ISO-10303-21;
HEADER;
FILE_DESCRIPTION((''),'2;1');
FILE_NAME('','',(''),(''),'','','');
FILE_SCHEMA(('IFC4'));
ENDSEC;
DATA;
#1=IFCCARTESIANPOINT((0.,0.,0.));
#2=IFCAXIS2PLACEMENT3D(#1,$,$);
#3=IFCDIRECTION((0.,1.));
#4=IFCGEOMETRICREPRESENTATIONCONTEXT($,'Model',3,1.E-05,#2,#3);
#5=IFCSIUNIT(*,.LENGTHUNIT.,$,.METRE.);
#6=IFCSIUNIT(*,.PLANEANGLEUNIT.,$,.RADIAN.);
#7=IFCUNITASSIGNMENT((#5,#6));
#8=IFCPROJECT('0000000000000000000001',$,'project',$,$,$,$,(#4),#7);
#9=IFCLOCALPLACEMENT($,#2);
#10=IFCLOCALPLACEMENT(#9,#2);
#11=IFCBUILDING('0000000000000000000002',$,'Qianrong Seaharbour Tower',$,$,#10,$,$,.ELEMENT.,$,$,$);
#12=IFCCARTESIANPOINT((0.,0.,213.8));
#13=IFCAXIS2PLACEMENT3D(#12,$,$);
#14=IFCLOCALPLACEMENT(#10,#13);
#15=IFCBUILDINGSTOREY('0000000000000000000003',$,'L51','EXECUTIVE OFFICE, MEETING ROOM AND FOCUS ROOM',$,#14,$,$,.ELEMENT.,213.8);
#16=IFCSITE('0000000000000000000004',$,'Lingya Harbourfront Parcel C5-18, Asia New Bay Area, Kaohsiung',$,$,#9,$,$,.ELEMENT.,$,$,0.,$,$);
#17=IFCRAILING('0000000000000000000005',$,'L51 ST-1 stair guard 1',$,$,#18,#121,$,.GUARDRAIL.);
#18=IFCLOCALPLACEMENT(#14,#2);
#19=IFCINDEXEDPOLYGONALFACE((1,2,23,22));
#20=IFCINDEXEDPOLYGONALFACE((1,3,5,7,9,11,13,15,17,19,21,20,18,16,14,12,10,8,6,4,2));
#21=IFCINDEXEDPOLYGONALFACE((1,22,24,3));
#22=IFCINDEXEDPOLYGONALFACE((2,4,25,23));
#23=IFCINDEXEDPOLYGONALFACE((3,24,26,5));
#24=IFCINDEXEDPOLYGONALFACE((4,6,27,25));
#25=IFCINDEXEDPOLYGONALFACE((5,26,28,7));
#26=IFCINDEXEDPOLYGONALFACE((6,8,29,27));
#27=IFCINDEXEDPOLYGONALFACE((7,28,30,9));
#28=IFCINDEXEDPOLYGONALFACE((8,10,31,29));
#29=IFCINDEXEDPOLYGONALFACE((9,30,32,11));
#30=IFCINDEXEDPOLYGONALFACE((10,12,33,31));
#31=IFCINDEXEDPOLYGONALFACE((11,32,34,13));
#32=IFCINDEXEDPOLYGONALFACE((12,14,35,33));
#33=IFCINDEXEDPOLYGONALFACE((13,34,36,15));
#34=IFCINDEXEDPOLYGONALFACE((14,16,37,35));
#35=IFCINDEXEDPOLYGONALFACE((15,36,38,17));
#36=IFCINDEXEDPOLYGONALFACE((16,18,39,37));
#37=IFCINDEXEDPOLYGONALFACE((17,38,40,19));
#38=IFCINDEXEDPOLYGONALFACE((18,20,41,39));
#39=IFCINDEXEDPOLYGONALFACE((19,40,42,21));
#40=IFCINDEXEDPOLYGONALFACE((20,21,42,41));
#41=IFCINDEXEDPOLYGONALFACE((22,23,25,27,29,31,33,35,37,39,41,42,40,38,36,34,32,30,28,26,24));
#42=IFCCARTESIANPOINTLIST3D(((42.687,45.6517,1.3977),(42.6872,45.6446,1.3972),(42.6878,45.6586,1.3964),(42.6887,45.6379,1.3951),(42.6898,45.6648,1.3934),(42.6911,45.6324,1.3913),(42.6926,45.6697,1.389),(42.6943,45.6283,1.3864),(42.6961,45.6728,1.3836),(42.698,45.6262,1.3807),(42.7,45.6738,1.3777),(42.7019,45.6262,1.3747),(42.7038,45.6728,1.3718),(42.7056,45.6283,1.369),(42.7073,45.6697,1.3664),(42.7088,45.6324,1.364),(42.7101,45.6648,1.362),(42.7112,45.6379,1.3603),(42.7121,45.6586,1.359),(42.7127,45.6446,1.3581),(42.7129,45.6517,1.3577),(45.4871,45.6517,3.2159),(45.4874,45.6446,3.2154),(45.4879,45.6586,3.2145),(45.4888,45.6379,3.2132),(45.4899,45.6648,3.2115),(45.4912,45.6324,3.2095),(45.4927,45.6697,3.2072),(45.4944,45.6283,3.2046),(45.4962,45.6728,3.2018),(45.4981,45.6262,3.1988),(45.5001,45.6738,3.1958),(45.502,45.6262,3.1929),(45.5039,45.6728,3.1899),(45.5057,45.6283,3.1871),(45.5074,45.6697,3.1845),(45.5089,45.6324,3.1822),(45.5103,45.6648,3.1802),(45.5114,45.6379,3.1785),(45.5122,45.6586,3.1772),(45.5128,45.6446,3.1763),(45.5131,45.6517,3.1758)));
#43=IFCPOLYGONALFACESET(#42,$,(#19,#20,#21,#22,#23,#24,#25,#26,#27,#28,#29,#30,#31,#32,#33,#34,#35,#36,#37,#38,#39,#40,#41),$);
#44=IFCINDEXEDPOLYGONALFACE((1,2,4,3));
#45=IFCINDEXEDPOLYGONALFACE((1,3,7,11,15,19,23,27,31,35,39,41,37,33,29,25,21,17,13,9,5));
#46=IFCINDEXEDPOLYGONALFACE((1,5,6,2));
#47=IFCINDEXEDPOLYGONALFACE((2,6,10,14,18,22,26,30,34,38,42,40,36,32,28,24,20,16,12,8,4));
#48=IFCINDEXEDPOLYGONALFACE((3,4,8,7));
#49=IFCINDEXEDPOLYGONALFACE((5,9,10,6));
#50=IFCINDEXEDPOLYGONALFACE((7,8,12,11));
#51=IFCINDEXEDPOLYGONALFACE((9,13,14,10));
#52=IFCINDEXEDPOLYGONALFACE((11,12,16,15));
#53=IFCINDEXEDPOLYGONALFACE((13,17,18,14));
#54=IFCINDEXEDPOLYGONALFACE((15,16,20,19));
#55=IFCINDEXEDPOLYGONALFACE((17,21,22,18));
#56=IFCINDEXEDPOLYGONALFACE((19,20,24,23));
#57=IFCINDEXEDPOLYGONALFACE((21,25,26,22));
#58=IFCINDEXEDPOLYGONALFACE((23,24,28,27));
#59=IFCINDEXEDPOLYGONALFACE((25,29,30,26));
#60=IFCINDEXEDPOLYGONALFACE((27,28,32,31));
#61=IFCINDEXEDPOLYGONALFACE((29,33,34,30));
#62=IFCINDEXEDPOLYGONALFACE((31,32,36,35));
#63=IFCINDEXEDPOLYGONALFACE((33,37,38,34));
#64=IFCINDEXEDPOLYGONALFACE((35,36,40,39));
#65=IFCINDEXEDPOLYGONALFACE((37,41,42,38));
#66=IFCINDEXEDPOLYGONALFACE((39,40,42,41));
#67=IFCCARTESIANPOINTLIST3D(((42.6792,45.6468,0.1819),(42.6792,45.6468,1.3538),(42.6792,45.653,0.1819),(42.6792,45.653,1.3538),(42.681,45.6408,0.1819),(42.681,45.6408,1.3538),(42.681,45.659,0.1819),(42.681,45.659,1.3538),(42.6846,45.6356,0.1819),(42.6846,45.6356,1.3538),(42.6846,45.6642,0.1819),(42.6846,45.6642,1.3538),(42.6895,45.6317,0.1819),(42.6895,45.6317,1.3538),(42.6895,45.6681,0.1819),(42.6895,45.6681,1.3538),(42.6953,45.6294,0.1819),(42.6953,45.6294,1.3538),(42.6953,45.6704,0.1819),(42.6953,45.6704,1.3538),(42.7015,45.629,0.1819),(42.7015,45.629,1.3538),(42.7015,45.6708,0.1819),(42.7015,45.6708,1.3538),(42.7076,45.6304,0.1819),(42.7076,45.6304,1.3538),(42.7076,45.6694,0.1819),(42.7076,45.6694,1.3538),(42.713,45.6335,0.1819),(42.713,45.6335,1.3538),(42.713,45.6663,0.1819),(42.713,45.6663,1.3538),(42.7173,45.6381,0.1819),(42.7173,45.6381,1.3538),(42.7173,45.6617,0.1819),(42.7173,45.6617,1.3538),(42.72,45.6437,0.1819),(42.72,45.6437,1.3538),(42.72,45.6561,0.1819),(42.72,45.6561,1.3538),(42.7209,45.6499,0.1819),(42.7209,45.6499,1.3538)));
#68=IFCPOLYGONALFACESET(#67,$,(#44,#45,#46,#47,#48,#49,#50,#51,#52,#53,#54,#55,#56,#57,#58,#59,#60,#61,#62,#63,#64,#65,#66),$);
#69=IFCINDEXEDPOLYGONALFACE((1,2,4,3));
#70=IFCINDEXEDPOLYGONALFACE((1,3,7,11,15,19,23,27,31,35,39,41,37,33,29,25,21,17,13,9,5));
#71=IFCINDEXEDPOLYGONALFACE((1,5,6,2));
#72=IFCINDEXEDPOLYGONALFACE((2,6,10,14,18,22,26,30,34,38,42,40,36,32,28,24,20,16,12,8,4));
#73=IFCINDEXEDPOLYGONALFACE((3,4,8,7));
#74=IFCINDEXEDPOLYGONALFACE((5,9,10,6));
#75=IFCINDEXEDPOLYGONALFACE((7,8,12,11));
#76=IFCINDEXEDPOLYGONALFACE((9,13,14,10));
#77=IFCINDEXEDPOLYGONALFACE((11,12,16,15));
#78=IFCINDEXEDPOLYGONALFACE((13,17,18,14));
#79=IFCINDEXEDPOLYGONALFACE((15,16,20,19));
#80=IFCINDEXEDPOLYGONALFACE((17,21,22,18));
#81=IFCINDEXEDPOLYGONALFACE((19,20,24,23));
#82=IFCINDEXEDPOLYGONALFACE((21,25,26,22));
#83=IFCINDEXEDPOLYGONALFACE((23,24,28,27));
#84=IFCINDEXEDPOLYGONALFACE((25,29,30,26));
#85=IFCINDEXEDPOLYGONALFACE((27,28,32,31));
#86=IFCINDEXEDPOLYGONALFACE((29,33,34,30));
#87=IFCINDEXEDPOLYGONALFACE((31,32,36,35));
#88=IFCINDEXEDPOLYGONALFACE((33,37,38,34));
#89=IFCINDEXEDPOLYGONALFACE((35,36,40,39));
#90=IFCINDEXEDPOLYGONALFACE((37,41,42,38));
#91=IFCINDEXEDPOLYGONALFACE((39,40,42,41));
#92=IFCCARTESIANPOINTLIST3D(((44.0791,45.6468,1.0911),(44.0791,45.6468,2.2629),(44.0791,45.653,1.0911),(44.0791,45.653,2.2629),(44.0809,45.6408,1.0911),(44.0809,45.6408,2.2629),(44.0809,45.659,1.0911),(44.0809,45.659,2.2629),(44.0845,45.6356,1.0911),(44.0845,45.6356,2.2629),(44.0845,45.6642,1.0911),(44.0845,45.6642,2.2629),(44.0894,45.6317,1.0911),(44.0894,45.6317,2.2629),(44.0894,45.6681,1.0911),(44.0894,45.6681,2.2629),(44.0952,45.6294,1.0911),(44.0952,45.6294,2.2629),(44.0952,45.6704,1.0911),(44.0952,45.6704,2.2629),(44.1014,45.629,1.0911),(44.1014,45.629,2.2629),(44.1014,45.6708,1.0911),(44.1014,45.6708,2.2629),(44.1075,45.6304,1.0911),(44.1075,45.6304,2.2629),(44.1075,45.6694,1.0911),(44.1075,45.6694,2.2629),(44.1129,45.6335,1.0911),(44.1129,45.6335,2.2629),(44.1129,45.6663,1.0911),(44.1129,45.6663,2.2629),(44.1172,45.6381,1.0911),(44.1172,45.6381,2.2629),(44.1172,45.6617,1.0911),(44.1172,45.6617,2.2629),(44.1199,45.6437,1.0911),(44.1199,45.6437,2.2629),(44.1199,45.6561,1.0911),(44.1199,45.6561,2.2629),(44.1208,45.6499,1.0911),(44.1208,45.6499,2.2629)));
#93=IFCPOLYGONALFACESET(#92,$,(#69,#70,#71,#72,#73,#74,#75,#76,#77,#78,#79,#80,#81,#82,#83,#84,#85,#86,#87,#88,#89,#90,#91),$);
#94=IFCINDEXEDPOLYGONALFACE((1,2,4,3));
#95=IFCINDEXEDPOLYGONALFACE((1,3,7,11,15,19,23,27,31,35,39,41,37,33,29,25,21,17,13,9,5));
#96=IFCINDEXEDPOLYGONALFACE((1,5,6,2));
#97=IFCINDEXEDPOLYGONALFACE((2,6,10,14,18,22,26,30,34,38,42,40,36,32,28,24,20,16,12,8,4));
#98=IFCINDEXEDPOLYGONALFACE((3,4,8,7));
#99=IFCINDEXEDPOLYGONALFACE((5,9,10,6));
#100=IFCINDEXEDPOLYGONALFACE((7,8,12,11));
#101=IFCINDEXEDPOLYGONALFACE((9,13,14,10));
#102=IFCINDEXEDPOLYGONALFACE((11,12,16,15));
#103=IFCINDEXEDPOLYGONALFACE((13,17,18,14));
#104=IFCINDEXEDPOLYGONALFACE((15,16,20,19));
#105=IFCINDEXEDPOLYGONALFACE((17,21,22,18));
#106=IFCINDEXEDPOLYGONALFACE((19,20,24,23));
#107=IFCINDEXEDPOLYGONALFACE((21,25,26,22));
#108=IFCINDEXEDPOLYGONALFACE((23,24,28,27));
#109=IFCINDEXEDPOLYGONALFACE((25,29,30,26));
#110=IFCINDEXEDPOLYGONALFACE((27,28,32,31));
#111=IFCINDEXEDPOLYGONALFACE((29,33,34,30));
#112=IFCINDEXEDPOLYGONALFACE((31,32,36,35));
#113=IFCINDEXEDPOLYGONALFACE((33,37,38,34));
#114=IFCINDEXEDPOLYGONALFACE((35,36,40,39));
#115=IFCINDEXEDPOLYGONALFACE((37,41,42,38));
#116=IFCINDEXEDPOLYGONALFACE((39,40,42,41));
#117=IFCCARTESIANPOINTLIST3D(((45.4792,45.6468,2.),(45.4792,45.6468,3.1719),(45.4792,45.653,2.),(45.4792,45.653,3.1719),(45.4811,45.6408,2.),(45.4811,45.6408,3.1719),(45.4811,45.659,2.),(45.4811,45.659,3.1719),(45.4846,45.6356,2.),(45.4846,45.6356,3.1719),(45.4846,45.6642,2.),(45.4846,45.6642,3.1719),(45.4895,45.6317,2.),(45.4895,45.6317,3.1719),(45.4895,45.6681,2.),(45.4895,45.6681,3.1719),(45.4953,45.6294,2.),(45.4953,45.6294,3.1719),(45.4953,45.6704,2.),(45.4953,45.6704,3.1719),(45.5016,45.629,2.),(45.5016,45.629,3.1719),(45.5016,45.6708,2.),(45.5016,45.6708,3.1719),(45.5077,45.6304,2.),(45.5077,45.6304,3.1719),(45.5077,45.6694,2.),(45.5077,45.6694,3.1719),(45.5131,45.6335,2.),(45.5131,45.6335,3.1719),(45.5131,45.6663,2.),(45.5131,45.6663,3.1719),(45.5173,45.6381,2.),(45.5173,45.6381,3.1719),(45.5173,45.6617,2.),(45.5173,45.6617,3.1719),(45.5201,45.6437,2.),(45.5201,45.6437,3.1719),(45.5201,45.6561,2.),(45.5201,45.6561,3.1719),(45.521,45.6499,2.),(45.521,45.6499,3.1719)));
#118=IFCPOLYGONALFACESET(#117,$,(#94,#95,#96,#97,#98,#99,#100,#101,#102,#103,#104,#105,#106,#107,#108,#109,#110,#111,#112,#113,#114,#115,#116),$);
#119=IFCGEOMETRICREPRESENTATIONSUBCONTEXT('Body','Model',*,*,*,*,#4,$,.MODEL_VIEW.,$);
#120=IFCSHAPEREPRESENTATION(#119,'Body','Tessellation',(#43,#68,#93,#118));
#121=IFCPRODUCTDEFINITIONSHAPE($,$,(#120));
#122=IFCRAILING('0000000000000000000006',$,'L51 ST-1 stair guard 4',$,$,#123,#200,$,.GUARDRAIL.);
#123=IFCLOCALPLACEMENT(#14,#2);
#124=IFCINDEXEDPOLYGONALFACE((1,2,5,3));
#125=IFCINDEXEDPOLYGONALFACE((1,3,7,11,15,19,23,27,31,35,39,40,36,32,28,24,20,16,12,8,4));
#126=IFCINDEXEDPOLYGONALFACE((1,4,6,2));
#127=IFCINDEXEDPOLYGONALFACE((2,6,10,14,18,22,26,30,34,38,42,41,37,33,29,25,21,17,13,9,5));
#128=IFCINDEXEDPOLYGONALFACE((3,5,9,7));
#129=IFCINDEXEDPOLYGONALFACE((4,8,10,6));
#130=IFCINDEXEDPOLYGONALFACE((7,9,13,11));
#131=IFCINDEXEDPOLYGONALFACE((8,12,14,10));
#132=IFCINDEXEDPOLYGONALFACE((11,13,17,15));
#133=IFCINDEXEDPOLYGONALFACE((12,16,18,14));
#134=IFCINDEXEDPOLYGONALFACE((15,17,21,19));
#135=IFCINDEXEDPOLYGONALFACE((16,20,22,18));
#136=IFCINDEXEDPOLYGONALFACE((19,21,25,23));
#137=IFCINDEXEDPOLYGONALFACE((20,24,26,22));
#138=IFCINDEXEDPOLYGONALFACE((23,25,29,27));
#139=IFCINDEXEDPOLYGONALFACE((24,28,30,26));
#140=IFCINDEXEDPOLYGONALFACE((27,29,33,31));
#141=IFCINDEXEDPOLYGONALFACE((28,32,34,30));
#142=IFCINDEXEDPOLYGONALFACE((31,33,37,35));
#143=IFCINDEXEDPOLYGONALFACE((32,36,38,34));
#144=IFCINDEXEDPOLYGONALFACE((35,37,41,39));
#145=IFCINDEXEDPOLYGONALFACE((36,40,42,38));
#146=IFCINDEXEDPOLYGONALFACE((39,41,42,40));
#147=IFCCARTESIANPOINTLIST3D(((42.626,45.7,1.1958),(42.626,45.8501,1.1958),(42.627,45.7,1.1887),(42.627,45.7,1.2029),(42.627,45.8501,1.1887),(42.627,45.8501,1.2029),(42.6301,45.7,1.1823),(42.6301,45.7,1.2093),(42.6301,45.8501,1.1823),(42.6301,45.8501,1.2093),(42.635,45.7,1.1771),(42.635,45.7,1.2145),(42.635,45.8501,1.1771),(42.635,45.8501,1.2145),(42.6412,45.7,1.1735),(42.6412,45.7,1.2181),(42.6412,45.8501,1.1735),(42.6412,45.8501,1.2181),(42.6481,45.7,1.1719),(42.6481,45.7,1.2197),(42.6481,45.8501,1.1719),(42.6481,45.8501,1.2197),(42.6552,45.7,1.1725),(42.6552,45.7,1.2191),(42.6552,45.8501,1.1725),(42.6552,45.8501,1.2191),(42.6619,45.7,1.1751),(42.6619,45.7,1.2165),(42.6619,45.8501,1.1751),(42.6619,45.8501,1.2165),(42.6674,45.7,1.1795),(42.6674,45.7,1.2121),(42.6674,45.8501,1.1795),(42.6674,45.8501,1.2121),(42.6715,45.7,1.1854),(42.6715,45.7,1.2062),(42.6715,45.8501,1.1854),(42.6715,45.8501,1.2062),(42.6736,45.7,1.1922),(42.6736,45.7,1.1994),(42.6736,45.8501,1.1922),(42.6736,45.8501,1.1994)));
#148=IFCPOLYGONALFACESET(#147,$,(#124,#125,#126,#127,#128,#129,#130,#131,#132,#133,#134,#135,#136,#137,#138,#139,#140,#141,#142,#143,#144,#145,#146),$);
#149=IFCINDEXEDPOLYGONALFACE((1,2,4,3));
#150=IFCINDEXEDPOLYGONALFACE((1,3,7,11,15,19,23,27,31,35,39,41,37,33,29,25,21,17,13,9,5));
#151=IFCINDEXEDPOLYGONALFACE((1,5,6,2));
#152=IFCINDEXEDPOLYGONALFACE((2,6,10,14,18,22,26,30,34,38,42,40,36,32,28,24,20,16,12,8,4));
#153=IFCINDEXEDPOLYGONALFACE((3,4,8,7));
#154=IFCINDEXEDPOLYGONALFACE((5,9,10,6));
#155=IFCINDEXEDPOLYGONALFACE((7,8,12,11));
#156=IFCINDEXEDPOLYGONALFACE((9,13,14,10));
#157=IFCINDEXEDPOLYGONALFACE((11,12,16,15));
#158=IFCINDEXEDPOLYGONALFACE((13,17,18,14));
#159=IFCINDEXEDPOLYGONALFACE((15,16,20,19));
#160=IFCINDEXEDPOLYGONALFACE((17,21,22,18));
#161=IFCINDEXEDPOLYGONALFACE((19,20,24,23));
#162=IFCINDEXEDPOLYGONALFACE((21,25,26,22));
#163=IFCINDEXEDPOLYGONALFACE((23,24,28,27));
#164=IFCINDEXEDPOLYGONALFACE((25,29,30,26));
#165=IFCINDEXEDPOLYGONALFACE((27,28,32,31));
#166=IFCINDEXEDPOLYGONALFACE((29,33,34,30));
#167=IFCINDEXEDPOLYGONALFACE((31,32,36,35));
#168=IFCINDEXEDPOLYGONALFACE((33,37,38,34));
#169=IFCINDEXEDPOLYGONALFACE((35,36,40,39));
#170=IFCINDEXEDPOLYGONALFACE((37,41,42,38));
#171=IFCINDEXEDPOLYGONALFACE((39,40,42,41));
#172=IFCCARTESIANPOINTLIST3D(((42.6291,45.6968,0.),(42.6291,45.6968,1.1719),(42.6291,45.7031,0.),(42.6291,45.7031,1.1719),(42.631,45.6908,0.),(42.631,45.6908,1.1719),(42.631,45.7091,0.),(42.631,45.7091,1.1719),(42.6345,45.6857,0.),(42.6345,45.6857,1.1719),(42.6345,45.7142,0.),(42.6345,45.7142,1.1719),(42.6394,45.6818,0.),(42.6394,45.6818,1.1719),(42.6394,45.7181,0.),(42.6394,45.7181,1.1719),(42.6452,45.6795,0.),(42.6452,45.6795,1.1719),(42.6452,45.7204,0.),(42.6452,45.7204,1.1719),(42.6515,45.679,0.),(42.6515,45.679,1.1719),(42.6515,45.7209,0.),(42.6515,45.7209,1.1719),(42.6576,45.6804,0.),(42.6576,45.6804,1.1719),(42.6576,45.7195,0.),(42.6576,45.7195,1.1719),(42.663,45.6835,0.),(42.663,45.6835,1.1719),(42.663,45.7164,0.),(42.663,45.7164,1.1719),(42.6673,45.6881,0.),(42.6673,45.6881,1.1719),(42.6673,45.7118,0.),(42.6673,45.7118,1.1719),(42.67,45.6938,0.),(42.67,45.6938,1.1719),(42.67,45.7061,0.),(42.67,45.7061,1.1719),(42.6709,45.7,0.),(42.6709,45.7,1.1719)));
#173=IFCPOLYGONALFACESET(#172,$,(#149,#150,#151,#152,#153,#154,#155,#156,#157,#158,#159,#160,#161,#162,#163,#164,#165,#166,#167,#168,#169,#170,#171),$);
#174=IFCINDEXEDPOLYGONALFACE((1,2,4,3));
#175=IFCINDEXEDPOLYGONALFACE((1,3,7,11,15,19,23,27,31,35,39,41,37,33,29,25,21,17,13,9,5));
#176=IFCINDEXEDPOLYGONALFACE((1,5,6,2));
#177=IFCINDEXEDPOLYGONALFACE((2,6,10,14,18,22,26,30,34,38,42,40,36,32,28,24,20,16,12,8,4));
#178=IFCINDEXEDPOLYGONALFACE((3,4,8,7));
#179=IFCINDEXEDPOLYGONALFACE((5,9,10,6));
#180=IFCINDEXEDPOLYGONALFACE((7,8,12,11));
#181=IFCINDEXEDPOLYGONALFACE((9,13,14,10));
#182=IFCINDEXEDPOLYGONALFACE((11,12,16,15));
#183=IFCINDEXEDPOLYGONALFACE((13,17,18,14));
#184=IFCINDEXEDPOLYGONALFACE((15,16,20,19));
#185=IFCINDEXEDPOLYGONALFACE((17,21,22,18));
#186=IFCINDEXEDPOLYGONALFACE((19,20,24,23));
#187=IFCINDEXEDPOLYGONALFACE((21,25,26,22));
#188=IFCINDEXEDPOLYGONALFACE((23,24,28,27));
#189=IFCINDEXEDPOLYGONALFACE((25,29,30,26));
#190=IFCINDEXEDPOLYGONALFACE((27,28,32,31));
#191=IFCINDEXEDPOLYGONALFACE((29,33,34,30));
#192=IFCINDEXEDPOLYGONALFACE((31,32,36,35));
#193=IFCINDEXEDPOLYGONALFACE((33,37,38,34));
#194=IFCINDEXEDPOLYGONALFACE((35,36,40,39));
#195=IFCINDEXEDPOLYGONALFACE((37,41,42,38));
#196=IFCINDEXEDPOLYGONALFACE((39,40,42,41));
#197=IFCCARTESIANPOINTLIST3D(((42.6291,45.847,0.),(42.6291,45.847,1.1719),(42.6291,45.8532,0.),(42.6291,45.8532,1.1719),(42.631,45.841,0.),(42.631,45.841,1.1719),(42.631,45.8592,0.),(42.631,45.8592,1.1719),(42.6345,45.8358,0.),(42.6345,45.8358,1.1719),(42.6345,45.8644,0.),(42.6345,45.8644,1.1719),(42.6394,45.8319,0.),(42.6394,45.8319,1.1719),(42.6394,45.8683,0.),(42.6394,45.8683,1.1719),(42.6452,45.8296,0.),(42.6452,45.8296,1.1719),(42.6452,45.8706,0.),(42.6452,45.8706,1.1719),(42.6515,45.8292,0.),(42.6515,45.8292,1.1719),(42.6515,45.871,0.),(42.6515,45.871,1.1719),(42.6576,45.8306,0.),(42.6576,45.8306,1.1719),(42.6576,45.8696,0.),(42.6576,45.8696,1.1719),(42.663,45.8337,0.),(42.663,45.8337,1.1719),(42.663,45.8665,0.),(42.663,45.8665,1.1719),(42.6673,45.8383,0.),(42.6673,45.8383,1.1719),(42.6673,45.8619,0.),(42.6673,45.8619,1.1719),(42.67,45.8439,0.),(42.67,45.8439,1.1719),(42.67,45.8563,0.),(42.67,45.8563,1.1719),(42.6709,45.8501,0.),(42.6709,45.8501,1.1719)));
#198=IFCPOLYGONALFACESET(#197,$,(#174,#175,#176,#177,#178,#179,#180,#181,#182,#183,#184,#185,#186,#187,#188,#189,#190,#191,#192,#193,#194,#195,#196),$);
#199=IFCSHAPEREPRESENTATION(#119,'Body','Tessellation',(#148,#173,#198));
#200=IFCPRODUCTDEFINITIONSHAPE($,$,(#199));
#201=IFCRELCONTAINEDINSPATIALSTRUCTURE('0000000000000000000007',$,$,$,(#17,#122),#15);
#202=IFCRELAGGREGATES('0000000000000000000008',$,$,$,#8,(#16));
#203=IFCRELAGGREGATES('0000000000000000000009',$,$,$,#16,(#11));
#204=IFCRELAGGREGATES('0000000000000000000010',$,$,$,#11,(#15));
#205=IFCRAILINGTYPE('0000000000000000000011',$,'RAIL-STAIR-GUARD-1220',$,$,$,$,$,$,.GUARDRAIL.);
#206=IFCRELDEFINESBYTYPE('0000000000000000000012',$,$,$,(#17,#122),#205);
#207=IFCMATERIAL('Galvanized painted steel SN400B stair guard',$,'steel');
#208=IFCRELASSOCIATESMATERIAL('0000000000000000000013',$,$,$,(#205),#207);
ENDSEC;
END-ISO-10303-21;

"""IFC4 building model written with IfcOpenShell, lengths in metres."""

from ifc_helpers import new_model, si_unit, direction, frame, origin, origin_2d, place, context, subcontext, project, spatial, circle, extrude, material, type_object, element, save


model = new_model("IFC4")

# Units and contexts
model_context = context("Model", 3, precision=1e-05, world=origin(), true_north=direction((0.0, 1.0)))
body_context = subcontext(model_context, "Body", "Model", "MODEL_VIEW")
ifc_project = project(units=[si_unit("LENGTHUNIT", "METRE"), si_unit("PLANEANGLEUNIT", "RADIAN")], contexts=[model_context])

# Site, building, storey
site_placement = place(None, origin())
site = spatial("IfcSite", under=ifc_project, at=site_placement, Name="Lingya Harbourfront Parcel C5-18, Asia New Bay Area, Kaohsiung", CompositionType="ELEMENT", RefElevation=0.0)
building_placement = place(site_placement, origin())
building = spatial("IfcBuilding", under=site, at=building_placement, Name="Qianrong Seaharbour Tower", CompositionType="ELEMENT")
storey_placement = place(building_placement, frame((0.0, 0.0, 213.8)))
storey = spatial("IfcBuildingStorey", under=building, at=storey_placement, Name="L51", Description="EXECUTIVE OFFICE, MEETING ROOM AND FOCUS ROOM", CompositionType="ELEMENT", Elevation=213.8)

# Railings
ifc_material_1 = material(Name="Galvanized painted steel SN400B stair guard", Category="steel")
railing_type_1 = type_object("IfcRailingType", Name="RAIL-STAIR-GUARD-1220", PredefinedType="GUARDRAIL", material=ifc_material_1)
railing_1_placement = place(storey_placement, frame((42.7, 45.6499, 0.1819)))
element("IfcRailing", 1, at=railing_1_placement, inside=storey, type_object=railing_type_1, Name="L51 ST-1 stair guard 1", PredefinedType="GUARDRAIL", context=body_context, shape_type="SweptSolid", body=[
    extrude(circle(Radius=0.0239, at=origin_2d()), frame((0.0, 0.0, 1.1958), z_axis=(0.838706, 0.0, 0.544585), x_axis=(0.0, 1.0, 0.0)), (0.0, 0.0, 1.0), 3.3386),
    extrude(circle(Radius=0.021, at=origin_2d()), origin(), (0.0, 0.0, 1.0), 1.1719),
    extrude(circle(Radius=0.021, at=origin_2d()), frame((1.3999, 0.0, 0.9092)), (0.0, 0.0, 1.0), 1.1719),
    extrude(circle(Radius=0.021, at=origin_2d()), frame((2.8, 0.0, 1.8181)), (0.0, 0.0, 1.0), 1.1719),
])
railing_2_placement = place(storey_placement, frame((42.6499, 45.7, 0.0)))
element("IfcRailing", 2, at=railing_2_placement, inside=storey, type_object=railing_type_1, Name="L51 ST-1 stair guard 4", PredefinedType="GUARDRAIL", context=body_context, shape_type="SweptSolid", body=[
    extrude(circle(Radius=0.0239, at=origin_2d()), frame((0.0, 0.0, 1.1958), z_axis=(0.0, 1.0, 0.0), x_axis=(-1.0, 0.0, 0.0)), (0.0, 0.0, 1.0), 0.1501),
    extrude(circle(Radius=0.021, at=origin_2d()), origin(), (0.0, 0.0, 1.0), 1.1719),
    extrude(circle(Radius=0.021, at=origin_2d()), frame((0.0, 0.1501, 0.0)), (0.0, 0.0, 1.0), 1.1719),
])

save(model, "model.ifc")
